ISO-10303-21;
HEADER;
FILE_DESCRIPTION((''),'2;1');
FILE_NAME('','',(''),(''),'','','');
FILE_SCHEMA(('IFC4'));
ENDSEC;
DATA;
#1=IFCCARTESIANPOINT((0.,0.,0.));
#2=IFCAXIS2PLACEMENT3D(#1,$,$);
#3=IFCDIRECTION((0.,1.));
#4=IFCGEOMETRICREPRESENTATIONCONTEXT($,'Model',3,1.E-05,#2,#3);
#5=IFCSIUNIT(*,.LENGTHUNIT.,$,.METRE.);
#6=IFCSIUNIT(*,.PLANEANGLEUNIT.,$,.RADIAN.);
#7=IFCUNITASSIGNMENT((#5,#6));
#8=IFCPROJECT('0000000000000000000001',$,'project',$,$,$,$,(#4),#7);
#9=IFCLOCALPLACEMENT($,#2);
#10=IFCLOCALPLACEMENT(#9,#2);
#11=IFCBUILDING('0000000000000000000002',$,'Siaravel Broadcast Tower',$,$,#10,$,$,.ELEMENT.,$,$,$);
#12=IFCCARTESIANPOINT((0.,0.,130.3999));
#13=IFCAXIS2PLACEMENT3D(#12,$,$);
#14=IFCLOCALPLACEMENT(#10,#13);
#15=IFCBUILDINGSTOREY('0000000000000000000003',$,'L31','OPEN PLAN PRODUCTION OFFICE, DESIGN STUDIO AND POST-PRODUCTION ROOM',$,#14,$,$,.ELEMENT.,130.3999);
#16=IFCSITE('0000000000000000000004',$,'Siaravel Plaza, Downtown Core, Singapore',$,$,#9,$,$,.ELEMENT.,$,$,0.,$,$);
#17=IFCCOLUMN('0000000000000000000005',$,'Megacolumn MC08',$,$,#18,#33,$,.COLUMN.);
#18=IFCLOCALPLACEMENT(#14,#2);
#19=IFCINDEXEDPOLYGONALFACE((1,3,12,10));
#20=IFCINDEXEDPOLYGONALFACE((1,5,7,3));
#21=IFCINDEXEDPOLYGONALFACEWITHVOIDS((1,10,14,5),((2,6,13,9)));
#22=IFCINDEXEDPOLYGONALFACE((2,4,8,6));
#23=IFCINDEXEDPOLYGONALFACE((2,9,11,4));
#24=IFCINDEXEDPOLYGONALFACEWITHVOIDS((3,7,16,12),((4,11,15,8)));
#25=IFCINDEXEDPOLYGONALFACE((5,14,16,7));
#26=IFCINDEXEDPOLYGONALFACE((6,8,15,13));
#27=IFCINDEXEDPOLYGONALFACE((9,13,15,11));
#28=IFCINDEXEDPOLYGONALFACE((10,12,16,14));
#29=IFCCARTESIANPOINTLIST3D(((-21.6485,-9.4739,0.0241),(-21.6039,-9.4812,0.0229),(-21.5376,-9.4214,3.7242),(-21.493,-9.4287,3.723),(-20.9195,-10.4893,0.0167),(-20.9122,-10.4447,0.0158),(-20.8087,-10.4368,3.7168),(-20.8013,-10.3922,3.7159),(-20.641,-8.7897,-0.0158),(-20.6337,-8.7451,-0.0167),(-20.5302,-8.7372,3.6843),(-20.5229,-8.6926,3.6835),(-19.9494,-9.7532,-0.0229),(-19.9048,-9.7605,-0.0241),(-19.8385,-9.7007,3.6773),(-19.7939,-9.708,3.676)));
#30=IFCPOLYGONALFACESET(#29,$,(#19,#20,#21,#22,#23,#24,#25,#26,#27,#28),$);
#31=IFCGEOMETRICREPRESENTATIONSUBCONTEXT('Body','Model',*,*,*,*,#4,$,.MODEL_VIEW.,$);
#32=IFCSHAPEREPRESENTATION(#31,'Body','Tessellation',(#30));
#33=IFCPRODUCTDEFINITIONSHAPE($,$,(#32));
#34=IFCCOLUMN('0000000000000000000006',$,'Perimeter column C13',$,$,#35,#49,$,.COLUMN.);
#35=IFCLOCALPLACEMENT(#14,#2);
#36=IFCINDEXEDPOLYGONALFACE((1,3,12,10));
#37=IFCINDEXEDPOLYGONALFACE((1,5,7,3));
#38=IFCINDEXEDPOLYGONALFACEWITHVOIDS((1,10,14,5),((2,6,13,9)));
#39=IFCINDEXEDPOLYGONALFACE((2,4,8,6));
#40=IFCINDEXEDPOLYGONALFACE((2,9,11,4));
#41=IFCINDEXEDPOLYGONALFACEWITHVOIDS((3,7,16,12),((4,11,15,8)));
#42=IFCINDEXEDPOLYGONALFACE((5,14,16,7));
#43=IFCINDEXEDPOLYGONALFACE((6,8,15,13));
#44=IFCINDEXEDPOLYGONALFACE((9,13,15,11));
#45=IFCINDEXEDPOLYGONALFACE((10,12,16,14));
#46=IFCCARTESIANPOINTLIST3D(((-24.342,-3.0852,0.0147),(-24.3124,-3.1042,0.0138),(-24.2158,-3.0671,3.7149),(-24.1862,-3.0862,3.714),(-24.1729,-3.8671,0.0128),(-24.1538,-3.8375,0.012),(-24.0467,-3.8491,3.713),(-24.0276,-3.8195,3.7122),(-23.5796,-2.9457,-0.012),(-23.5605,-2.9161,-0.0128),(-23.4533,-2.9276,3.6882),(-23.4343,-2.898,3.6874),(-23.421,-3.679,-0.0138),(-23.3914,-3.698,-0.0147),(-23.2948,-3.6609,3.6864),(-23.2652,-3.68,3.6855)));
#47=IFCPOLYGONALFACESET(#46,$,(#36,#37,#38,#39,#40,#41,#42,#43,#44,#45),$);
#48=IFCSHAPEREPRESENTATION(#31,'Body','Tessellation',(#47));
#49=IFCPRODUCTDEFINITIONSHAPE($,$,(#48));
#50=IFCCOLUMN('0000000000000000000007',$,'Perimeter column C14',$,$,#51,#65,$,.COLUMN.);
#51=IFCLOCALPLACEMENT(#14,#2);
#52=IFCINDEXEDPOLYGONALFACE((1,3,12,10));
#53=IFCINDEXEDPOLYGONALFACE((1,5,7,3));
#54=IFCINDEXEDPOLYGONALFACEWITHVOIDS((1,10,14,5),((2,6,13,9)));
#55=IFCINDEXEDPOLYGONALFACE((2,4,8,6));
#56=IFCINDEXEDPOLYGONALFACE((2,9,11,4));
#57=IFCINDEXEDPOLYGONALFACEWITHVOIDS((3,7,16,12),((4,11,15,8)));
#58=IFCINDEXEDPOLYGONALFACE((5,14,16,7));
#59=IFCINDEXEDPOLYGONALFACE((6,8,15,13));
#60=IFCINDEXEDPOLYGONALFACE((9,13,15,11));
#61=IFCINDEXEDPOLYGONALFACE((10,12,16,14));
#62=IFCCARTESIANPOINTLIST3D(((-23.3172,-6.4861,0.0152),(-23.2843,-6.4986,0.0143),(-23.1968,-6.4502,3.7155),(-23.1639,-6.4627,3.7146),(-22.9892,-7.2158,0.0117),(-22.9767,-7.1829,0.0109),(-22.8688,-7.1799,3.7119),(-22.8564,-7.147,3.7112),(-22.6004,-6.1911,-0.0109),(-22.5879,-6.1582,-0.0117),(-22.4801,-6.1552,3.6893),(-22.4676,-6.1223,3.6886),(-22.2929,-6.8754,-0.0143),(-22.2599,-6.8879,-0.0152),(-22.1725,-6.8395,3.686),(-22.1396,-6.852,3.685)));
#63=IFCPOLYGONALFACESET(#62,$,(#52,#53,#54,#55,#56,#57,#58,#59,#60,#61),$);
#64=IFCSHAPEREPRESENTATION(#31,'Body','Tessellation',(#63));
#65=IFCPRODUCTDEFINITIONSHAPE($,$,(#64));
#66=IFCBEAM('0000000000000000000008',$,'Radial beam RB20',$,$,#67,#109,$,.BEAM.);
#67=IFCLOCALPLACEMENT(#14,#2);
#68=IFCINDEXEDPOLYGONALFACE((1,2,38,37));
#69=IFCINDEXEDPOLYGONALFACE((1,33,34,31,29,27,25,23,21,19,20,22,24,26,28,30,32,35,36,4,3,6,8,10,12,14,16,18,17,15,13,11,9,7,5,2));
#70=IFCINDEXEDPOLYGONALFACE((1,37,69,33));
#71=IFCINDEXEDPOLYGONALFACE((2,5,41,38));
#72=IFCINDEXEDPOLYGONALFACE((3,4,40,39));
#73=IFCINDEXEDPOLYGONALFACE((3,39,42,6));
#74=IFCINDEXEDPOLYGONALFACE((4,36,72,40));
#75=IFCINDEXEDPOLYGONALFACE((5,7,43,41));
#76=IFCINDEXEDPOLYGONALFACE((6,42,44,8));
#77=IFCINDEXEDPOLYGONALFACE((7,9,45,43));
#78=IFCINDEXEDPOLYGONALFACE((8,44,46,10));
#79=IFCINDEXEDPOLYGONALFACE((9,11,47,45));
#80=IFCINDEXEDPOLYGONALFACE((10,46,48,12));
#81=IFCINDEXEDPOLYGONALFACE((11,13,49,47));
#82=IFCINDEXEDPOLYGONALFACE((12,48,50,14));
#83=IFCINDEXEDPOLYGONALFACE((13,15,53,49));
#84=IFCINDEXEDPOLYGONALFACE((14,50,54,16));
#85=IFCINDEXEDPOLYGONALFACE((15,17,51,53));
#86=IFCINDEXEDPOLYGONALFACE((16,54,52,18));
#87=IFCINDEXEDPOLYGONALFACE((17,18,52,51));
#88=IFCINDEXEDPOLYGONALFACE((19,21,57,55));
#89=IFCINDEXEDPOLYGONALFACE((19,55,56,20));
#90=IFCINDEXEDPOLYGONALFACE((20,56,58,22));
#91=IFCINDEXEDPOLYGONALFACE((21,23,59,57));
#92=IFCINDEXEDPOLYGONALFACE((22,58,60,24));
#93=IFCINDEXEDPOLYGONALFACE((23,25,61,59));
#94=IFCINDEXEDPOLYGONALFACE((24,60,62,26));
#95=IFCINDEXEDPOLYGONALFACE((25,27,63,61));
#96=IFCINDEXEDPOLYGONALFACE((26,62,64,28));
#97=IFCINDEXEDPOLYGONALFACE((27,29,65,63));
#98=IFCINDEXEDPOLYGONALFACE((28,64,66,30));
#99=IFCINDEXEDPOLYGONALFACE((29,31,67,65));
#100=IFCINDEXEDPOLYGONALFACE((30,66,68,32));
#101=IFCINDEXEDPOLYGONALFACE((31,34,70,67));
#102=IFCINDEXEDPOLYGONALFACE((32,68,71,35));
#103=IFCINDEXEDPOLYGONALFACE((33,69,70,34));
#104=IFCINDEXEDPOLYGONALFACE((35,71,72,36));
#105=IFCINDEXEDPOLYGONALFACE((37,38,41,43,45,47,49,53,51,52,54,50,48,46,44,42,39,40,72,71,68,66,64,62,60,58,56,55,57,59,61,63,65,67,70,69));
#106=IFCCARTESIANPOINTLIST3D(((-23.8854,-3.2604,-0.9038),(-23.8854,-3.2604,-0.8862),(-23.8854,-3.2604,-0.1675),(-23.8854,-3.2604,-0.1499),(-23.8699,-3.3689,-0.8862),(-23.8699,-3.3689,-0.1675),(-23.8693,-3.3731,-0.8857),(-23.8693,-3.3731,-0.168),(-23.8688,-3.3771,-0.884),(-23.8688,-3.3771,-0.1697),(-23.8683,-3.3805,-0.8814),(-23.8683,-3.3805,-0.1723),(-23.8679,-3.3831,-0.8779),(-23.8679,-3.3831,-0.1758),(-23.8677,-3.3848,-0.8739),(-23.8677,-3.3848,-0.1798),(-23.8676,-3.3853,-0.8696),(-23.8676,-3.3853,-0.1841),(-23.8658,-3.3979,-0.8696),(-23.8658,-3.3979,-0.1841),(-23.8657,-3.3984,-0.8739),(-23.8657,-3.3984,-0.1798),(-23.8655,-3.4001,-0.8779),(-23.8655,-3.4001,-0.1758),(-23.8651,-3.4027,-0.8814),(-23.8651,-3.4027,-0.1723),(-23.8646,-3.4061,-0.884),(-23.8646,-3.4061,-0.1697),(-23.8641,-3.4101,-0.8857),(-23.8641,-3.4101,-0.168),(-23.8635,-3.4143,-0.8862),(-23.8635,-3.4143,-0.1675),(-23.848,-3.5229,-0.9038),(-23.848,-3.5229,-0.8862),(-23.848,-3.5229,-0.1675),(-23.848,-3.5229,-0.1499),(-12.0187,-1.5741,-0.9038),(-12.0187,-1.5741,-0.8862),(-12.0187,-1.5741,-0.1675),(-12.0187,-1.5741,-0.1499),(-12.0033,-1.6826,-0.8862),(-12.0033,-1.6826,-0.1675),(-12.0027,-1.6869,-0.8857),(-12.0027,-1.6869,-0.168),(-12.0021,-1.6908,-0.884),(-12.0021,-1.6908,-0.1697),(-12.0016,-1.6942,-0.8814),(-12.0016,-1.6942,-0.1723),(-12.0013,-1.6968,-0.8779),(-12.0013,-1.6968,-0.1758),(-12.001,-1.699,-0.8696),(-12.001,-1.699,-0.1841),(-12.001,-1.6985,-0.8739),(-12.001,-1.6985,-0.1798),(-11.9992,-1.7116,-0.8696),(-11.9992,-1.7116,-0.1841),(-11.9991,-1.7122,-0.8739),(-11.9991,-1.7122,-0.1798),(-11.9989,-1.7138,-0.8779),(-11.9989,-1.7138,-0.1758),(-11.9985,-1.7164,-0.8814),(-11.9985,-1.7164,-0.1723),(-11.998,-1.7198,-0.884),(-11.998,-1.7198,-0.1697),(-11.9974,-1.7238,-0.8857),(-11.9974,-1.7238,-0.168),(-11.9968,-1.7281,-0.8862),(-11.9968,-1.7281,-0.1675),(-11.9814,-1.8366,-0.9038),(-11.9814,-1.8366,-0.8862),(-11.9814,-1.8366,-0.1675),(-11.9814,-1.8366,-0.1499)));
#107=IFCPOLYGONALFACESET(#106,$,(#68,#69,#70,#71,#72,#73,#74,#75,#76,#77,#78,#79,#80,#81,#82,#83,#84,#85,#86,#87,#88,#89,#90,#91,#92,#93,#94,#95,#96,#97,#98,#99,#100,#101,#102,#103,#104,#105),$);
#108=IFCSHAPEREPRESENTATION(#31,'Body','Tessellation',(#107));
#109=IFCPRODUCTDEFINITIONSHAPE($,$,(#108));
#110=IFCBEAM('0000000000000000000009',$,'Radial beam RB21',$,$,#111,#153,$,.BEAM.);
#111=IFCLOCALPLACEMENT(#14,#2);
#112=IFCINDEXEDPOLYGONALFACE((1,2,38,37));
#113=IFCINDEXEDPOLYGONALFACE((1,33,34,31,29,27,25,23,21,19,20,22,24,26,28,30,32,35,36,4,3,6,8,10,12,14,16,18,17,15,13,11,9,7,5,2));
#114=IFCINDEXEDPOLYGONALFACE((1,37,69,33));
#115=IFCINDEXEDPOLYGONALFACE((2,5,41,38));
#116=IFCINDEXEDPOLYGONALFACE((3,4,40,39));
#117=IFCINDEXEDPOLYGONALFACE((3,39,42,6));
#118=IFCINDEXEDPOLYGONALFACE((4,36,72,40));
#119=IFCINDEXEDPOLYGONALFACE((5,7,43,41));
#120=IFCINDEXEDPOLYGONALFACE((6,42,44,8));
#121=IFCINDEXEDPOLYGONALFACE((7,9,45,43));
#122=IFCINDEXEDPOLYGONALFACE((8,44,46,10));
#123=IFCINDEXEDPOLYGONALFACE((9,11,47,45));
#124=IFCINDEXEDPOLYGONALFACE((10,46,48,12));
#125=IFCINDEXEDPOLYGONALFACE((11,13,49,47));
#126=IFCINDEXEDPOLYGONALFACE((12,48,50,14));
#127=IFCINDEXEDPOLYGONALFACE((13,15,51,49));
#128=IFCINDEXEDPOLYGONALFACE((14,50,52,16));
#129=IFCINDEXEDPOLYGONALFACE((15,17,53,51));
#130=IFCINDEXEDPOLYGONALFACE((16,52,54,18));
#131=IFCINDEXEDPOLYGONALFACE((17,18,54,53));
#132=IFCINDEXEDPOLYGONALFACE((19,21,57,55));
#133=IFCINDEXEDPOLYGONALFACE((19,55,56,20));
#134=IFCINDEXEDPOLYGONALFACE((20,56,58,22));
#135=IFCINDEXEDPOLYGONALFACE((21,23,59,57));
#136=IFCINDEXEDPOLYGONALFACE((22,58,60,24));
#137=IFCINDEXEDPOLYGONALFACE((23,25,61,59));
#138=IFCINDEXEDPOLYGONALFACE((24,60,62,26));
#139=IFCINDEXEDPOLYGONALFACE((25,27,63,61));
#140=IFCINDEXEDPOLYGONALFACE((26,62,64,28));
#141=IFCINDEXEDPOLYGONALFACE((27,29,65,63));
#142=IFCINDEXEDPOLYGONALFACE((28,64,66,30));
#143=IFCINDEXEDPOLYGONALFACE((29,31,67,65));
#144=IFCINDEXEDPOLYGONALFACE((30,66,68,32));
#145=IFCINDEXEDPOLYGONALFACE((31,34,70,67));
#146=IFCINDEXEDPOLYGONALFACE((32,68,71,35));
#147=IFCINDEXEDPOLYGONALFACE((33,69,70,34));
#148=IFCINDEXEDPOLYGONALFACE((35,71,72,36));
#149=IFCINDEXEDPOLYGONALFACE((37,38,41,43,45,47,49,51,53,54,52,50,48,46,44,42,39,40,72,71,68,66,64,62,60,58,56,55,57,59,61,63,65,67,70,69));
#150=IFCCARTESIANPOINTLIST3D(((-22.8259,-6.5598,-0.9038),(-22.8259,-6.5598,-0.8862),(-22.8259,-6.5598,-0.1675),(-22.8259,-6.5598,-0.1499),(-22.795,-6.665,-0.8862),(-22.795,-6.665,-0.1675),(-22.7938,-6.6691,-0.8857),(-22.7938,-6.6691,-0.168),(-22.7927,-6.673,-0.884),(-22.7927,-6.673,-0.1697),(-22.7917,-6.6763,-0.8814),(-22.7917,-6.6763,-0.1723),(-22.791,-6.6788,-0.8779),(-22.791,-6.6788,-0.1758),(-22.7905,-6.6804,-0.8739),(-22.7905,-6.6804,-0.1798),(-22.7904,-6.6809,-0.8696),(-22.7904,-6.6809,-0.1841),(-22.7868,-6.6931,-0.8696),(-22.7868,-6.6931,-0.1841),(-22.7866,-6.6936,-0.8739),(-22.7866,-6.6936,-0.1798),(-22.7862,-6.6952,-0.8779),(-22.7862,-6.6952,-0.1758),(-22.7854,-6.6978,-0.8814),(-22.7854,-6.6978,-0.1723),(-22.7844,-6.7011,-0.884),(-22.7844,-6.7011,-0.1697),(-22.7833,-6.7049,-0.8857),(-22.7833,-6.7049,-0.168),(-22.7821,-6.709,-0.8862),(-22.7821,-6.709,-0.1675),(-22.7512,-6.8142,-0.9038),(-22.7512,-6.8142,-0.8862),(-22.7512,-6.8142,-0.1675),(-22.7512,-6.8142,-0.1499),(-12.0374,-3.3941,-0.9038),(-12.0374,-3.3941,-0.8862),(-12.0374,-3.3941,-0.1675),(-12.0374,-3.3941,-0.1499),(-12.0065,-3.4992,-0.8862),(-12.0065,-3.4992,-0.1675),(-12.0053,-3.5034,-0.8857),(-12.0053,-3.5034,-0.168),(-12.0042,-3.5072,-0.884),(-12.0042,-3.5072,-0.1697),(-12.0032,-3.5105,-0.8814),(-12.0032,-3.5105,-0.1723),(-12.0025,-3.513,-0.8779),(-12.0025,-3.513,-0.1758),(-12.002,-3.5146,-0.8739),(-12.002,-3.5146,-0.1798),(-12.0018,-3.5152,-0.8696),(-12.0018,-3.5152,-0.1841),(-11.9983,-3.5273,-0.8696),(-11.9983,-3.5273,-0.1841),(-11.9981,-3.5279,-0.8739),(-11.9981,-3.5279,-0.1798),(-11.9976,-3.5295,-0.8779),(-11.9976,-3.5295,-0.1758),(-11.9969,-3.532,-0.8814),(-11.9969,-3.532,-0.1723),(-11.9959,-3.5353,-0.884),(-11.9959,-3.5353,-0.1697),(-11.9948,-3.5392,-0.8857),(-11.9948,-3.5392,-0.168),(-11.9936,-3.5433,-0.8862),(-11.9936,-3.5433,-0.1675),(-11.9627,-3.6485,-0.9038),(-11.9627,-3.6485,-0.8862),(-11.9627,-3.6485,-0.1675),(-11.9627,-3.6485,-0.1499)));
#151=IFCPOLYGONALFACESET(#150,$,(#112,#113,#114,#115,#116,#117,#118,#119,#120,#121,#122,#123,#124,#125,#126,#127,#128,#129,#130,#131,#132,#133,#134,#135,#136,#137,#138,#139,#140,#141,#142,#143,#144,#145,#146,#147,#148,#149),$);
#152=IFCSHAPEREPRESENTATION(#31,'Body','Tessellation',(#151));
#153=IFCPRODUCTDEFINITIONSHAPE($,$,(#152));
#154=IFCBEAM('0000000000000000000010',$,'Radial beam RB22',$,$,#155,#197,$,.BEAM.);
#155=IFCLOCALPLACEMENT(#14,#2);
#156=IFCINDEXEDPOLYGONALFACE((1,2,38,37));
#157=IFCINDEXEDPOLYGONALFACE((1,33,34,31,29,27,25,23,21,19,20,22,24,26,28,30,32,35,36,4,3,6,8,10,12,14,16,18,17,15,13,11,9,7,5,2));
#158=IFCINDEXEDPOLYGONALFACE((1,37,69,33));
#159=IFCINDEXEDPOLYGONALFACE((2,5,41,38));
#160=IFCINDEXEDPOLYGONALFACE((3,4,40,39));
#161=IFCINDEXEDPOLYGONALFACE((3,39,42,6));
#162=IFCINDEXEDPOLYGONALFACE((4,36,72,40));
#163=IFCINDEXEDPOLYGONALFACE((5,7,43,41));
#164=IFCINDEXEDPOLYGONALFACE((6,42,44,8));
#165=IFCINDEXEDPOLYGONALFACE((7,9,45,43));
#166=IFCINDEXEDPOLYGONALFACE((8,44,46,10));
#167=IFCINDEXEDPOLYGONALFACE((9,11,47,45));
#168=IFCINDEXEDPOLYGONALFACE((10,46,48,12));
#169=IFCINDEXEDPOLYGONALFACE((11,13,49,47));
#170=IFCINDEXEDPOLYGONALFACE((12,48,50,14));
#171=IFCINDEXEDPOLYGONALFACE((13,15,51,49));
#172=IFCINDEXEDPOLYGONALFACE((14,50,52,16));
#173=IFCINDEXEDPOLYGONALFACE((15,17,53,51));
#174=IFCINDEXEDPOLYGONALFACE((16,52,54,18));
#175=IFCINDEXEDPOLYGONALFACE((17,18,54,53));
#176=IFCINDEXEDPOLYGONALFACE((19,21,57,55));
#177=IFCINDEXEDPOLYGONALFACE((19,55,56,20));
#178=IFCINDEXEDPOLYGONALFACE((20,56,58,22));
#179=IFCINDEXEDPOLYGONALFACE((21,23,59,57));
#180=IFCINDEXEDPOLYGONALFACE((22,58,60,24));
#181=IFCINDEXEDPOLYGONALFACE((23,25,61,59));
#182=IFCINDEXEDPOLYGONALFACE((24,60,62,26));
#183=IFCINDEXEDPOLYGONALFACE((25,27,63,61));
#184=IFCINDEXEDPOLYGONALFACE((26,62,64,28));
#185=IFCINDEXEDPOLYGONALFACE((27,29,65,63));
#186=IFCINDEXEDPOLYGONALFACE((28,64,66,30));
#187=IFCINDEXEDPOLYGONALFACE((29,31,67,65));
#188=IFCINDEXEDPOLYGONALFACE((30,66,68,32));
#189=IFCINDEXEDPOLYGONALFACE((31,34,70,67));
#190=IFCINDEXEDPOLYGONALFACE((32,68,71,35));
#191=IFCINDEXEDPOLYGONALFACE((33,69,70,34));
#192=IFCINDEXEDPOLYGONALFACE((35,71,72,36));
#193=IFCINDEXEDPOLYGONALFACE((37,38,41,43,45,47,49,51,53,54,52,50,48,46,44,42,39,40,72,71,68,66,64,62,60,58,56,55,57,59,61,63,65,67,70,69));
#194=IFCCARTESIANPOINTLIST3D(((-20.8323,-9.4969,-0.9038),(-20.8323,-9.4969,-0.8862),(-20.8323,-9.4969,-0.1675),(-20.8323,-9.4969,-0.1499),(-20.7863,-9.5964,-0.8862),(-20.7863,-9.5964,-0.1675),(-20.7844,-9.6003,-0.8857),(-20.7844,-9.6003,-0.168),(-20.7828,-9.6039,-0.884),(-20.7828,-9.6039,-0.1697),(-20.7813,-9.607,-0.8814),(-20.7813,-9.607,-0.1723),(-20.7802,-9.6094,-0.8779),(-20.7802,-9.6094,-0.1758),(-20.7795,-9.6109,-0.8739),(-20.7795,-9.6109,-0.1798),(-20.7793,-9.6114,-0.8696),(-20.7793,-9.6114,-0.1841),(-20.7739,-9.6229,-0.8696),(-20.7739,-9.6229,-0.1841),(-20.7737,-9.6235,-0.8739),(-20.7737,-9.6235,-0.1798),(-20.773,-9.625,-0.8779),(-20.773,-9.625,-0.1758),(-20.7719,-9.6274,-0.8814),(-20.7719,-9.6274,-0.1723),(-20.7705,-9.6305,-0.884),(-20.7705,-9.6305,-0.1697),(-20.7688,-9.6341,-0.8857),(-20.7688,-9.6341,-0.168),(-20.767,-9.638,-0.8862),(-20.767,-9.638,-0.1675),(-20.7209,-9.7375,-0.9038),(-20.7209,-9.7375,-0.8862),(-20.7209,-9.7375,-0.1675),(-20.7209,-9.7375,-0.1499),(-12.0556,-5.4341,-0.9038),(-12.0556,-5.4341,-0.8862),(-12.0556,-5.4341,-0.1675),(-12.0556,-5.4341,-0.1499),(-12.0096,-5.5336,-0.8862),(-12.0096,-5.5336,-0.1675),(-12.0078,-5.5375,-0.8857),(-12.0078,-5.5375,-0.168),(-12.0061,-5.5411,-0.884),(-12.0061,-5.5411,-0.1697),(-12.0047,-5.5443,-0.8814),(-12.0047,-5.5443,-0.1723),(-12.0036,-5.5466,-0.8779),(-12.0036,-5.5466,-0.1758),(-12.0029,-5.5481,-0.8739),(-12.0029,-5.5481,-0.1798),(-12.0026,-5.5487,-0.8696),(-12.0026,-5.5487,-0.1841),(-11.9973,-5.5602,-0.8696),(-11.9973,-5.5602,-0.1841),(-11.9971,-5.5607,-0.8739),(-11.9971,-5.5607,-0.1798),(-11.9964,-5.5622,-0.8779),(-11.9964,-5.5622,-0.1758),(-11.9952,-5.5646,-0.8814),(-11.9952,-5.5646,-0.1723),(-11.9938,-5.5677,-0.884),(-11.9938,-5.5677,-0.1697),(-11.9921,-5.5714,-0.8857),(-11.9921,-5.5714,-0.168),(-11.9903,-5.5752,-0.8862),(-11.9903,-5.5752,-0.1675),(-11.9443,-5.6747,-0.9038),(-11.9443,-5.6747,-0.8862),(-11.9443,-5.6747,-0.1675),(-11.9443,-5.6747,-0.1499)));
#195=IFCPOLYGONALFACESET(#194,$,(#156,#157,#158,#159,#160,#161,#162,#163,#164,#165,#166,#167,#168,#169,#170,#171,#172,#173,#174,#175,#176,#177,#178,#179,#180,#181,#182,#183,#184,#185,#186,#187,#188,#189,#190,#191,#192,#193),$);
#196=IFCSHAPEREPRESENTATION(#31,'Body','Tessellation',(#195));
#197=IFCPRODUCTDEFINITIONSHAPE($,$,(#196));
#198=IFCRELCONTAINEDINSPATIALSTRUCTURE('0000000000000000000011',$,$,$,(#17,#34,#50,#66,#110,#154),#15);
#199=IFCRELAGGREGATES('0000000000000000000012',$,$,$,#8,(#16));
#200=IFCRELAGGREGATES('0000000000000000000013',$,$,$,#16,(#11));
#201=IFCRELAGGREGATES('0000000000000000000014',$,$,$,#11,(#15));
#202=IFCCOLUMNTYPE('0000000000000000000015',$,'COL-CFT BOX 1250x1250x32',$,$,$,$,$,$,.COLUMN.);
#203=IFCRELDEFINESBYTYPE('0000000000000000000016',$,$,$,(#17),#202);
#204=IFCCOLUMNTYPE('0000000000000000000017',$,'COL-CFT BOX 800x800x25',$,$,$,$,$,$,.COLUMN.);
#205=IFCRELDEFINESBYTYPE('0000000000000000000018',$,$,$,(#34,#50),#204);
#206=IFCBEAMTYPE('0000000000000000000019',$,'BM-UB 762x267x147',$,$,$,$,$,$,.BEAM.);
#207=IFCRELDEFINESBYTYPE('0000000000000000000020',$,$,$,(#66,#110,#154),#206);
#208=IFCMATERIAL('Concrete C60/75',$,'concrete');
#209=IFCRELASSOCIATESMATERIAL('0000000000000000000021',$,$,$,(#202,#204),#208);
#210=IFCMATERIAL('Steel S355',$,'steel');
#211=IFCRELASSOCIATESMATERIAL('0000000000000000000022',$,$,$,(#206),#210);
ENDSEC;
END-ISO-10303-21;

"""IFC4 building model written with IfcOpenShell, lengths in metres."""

from ifc_helpers import new_model, si_unit, direction, frame, origin, origin_2d, place, context, subcontext, project, spatial, hollow_rectangle, i_section, extrude, material, material_profile, profile_set, type_object, element, save


model = new_model("IFC4")

# Units and contexts
model_context = context("Model", 3, precision=1e-05, world=origin(), true_north=direction((0.0, 1.0)))
body_context = subcontext(model_context, "Body", "Model", "MODEL_VIEW")
ifc_project = project(units=[si_unit("LENGTHUNIT", "METRE"), si_unit("PLANEANGLEUNIT", "RADIAN")], contexts=[model_context])

# Site, building, storey
site_placement = place(None, origin())
site = spatial("IfcSite", under=ifc_project, at=site_placement, Name="Siaravel Plaza, Downtown Core, Singapore", CompositionType="ELEMENT", RefElevation=0.0)
building_placement = place(site_placement, origin())
building = spatial("IfcBuilding", under=site, at=building_placement, Name="Siaravel Broadcast Tower", CompositionType="ELEMENT")
storey_placement = place(building_placement, frame((0.0, 0.0, 130.3999)))
storey = spatial("IfcBuildingStorey", under=building, at=storey_placement, Name="L31", Description="OPEN PLAN PRODUCTION OFFICE, DESIGN STUDIO AND POST-PRODUCTION ROOM", CompositionType="ELEMENT", Elevation=130.3999)

# Columns
ifc_material_1 = material(Name="Concrete C60/75", Category="concrete")
ifc_material_profile_1 = material_profile(ifc_material_1, hollow_rectangle(XDim=1.25, YDim=1.25, WallThickness=0.032, at=origin_2d()))
ifc_profile_set_1 = profile_set([ifc_material_profile_1], Name="Concrete C60/75")
column_type_1 = type_object("IfcColumnType", Name="COL-CFT BOX 1250x1250x32", PredefinedType="COLUMN", material=ifc_profile_set_1)
column_placement = place(storey_placement, frame((-20.7766, -9.6172, 0.0), z_axis=(0.029939, 0.014178, 0.999451), x_axis=(-0.583179, 0.812322, 0.005946)))
element("IfcColumn", 1, at=column_placement, inside=storey, type_object=column_type_1, Name="Megacolumn MC08", PredefinedType="COLUMN", context=body_context, shape_type="SweptSolid", body=[
    extrude(hollow_rectangle(XDim=1.25, YDim=1.25, WallThickness=0.032, at=origin_2d()), origin(), (0.0, 0.0, 1.0), 3.7021),
])
ifc_material_profile_2 = material_profile(ifc_material_1, hollow_rectangle(XDim=0.8, YDim=0.8, WallThickness=0.0249, at=origin_2d()))
ifc_profile_set_2 = profile_set([ifc_material_profile_2], Name="Concrete C60/75")
column_type_2 = type_object("IfcColumnType", Name="COL-CFT BOX 800x800x25", PredefinedType="COLUMN", material=ifc_profile_set_2)
for number, where, z_axis, x_axis, name in (
    (2, (-23.8667, -3.3916, 0.0), (0.034092, 0.00488, 0.999407), (-0.211379, 0.977401, 0.002438), "Perimeter column C13"),
    (3, (-22.7886, -6.687, 0.0), (0.03251, 0.009694, 0.999424), (-0.409965, 0.91209, 0.004489), "Perimeter column C14"),
):
    element("IfcColumn", number, at=place(storey_placement, frame(where, z_axis=z_axis, x_axis=x_axis)), inside=storey, type_object=column_type_2, Name=name, PredefinedType="COLUMN", context=body_context, shape_type="SweptSolid", body=[
        extrude(hollow_rectangle(XDim=0.8, YDim=0.8, WallThickness=0.0249, at=origin_2d()), origin(), (0.0, 0.0, 1.0), 3.7024),
    ])

# Beams
ifc_material_2 = material(Name="Steel S355", Category="steel")
ifc_material_profile_3 = material_profile(ifc_material_2, i_section(OverallWidth=0.2651, OverallDepth=0.7539, WebThickness=0.0127, FlangeThickness=0.0176, FilletRadius=0.0166, at=origin_2d()))
ifc_profile_set_3 = profile_set([ifc_material_profile_3], Name="Steel S355")
beam_type = type_object("IfcBeamType", Name="BM-UB 762x267x147", PredefinedType="BEAM", material=ifc_profile_set_3)
beam_1_placement = place(storey_placement, frame((-23.8667, -3.3916, -0.5269), z_axis=(0.990054, 0.140688, 0.0), x_axis=(-0.140688, 0.990054, 0.0)))
element("IfcBeam", 4, at=beam_1_placement, inside=storey, type_object=beam_type, Name="Radial beam RB20", PredefinedType="BEAM", context=body_context, shape_type="SweptSolid", body=[
    extrude(i_section(OverallWidth=0.2651, OverallDepth=0.7539, WebThickness=0.0127, FlangeThickness=0.0176, FilletRadius=0.0166, at=origin_2d()), origin(), (0.0, 0.0, 1.0), 11.9858),
])
beam_2_placement = place(storey_placement, frame((-22.7886, -6.687, -0.5269), z_axis=(0.959542, 0.281566, 0.0), x_axis=(-0.281566, 0.959542, 0.0)))
element("IfcBeam", 5, at=beam_2_placement, inside=storey, type_object=beam_type, Name="Radial beam RB21", PredefinedType="BEAM", context=body_context, shape_type="SweptSolid", body=[
    extrude(i_section(OverallWidth=0.2651, OverallDepth=0.7539, WebThickness=0.0127, FlangeThickness=0.0176, FilletRadius=0.0166, at=origin_2d()), origin(), (0.0, 0.0, 1.0), 11.2434),
])
beam_3_placement = place(storey_placement, frame((-20.7766, -9.6172, -0.5269), z_axis=(0.907487, 0.420081, 0.0), x_axis=(-0.420081, 0.907487, 0.0)))
element("IfcBeam", 6, at=beam_3_placement, inside=storey, type_object=beam_type, Name="Radial beam RB22", PredefinedType="BEAM", context=body_context, shape_type="SweptSolid", body=[
    extrude(i_section(OverallWidth=0.2651, OverallDepth=0.7539, WebThickness=0.0127, FlangeThickness=0.0176, FilletRadius=0.0166, at=origin_2d()), origin(), (0.0, 0.0, 1.0), 9.6714),
])

save(model, "model.ifc")
